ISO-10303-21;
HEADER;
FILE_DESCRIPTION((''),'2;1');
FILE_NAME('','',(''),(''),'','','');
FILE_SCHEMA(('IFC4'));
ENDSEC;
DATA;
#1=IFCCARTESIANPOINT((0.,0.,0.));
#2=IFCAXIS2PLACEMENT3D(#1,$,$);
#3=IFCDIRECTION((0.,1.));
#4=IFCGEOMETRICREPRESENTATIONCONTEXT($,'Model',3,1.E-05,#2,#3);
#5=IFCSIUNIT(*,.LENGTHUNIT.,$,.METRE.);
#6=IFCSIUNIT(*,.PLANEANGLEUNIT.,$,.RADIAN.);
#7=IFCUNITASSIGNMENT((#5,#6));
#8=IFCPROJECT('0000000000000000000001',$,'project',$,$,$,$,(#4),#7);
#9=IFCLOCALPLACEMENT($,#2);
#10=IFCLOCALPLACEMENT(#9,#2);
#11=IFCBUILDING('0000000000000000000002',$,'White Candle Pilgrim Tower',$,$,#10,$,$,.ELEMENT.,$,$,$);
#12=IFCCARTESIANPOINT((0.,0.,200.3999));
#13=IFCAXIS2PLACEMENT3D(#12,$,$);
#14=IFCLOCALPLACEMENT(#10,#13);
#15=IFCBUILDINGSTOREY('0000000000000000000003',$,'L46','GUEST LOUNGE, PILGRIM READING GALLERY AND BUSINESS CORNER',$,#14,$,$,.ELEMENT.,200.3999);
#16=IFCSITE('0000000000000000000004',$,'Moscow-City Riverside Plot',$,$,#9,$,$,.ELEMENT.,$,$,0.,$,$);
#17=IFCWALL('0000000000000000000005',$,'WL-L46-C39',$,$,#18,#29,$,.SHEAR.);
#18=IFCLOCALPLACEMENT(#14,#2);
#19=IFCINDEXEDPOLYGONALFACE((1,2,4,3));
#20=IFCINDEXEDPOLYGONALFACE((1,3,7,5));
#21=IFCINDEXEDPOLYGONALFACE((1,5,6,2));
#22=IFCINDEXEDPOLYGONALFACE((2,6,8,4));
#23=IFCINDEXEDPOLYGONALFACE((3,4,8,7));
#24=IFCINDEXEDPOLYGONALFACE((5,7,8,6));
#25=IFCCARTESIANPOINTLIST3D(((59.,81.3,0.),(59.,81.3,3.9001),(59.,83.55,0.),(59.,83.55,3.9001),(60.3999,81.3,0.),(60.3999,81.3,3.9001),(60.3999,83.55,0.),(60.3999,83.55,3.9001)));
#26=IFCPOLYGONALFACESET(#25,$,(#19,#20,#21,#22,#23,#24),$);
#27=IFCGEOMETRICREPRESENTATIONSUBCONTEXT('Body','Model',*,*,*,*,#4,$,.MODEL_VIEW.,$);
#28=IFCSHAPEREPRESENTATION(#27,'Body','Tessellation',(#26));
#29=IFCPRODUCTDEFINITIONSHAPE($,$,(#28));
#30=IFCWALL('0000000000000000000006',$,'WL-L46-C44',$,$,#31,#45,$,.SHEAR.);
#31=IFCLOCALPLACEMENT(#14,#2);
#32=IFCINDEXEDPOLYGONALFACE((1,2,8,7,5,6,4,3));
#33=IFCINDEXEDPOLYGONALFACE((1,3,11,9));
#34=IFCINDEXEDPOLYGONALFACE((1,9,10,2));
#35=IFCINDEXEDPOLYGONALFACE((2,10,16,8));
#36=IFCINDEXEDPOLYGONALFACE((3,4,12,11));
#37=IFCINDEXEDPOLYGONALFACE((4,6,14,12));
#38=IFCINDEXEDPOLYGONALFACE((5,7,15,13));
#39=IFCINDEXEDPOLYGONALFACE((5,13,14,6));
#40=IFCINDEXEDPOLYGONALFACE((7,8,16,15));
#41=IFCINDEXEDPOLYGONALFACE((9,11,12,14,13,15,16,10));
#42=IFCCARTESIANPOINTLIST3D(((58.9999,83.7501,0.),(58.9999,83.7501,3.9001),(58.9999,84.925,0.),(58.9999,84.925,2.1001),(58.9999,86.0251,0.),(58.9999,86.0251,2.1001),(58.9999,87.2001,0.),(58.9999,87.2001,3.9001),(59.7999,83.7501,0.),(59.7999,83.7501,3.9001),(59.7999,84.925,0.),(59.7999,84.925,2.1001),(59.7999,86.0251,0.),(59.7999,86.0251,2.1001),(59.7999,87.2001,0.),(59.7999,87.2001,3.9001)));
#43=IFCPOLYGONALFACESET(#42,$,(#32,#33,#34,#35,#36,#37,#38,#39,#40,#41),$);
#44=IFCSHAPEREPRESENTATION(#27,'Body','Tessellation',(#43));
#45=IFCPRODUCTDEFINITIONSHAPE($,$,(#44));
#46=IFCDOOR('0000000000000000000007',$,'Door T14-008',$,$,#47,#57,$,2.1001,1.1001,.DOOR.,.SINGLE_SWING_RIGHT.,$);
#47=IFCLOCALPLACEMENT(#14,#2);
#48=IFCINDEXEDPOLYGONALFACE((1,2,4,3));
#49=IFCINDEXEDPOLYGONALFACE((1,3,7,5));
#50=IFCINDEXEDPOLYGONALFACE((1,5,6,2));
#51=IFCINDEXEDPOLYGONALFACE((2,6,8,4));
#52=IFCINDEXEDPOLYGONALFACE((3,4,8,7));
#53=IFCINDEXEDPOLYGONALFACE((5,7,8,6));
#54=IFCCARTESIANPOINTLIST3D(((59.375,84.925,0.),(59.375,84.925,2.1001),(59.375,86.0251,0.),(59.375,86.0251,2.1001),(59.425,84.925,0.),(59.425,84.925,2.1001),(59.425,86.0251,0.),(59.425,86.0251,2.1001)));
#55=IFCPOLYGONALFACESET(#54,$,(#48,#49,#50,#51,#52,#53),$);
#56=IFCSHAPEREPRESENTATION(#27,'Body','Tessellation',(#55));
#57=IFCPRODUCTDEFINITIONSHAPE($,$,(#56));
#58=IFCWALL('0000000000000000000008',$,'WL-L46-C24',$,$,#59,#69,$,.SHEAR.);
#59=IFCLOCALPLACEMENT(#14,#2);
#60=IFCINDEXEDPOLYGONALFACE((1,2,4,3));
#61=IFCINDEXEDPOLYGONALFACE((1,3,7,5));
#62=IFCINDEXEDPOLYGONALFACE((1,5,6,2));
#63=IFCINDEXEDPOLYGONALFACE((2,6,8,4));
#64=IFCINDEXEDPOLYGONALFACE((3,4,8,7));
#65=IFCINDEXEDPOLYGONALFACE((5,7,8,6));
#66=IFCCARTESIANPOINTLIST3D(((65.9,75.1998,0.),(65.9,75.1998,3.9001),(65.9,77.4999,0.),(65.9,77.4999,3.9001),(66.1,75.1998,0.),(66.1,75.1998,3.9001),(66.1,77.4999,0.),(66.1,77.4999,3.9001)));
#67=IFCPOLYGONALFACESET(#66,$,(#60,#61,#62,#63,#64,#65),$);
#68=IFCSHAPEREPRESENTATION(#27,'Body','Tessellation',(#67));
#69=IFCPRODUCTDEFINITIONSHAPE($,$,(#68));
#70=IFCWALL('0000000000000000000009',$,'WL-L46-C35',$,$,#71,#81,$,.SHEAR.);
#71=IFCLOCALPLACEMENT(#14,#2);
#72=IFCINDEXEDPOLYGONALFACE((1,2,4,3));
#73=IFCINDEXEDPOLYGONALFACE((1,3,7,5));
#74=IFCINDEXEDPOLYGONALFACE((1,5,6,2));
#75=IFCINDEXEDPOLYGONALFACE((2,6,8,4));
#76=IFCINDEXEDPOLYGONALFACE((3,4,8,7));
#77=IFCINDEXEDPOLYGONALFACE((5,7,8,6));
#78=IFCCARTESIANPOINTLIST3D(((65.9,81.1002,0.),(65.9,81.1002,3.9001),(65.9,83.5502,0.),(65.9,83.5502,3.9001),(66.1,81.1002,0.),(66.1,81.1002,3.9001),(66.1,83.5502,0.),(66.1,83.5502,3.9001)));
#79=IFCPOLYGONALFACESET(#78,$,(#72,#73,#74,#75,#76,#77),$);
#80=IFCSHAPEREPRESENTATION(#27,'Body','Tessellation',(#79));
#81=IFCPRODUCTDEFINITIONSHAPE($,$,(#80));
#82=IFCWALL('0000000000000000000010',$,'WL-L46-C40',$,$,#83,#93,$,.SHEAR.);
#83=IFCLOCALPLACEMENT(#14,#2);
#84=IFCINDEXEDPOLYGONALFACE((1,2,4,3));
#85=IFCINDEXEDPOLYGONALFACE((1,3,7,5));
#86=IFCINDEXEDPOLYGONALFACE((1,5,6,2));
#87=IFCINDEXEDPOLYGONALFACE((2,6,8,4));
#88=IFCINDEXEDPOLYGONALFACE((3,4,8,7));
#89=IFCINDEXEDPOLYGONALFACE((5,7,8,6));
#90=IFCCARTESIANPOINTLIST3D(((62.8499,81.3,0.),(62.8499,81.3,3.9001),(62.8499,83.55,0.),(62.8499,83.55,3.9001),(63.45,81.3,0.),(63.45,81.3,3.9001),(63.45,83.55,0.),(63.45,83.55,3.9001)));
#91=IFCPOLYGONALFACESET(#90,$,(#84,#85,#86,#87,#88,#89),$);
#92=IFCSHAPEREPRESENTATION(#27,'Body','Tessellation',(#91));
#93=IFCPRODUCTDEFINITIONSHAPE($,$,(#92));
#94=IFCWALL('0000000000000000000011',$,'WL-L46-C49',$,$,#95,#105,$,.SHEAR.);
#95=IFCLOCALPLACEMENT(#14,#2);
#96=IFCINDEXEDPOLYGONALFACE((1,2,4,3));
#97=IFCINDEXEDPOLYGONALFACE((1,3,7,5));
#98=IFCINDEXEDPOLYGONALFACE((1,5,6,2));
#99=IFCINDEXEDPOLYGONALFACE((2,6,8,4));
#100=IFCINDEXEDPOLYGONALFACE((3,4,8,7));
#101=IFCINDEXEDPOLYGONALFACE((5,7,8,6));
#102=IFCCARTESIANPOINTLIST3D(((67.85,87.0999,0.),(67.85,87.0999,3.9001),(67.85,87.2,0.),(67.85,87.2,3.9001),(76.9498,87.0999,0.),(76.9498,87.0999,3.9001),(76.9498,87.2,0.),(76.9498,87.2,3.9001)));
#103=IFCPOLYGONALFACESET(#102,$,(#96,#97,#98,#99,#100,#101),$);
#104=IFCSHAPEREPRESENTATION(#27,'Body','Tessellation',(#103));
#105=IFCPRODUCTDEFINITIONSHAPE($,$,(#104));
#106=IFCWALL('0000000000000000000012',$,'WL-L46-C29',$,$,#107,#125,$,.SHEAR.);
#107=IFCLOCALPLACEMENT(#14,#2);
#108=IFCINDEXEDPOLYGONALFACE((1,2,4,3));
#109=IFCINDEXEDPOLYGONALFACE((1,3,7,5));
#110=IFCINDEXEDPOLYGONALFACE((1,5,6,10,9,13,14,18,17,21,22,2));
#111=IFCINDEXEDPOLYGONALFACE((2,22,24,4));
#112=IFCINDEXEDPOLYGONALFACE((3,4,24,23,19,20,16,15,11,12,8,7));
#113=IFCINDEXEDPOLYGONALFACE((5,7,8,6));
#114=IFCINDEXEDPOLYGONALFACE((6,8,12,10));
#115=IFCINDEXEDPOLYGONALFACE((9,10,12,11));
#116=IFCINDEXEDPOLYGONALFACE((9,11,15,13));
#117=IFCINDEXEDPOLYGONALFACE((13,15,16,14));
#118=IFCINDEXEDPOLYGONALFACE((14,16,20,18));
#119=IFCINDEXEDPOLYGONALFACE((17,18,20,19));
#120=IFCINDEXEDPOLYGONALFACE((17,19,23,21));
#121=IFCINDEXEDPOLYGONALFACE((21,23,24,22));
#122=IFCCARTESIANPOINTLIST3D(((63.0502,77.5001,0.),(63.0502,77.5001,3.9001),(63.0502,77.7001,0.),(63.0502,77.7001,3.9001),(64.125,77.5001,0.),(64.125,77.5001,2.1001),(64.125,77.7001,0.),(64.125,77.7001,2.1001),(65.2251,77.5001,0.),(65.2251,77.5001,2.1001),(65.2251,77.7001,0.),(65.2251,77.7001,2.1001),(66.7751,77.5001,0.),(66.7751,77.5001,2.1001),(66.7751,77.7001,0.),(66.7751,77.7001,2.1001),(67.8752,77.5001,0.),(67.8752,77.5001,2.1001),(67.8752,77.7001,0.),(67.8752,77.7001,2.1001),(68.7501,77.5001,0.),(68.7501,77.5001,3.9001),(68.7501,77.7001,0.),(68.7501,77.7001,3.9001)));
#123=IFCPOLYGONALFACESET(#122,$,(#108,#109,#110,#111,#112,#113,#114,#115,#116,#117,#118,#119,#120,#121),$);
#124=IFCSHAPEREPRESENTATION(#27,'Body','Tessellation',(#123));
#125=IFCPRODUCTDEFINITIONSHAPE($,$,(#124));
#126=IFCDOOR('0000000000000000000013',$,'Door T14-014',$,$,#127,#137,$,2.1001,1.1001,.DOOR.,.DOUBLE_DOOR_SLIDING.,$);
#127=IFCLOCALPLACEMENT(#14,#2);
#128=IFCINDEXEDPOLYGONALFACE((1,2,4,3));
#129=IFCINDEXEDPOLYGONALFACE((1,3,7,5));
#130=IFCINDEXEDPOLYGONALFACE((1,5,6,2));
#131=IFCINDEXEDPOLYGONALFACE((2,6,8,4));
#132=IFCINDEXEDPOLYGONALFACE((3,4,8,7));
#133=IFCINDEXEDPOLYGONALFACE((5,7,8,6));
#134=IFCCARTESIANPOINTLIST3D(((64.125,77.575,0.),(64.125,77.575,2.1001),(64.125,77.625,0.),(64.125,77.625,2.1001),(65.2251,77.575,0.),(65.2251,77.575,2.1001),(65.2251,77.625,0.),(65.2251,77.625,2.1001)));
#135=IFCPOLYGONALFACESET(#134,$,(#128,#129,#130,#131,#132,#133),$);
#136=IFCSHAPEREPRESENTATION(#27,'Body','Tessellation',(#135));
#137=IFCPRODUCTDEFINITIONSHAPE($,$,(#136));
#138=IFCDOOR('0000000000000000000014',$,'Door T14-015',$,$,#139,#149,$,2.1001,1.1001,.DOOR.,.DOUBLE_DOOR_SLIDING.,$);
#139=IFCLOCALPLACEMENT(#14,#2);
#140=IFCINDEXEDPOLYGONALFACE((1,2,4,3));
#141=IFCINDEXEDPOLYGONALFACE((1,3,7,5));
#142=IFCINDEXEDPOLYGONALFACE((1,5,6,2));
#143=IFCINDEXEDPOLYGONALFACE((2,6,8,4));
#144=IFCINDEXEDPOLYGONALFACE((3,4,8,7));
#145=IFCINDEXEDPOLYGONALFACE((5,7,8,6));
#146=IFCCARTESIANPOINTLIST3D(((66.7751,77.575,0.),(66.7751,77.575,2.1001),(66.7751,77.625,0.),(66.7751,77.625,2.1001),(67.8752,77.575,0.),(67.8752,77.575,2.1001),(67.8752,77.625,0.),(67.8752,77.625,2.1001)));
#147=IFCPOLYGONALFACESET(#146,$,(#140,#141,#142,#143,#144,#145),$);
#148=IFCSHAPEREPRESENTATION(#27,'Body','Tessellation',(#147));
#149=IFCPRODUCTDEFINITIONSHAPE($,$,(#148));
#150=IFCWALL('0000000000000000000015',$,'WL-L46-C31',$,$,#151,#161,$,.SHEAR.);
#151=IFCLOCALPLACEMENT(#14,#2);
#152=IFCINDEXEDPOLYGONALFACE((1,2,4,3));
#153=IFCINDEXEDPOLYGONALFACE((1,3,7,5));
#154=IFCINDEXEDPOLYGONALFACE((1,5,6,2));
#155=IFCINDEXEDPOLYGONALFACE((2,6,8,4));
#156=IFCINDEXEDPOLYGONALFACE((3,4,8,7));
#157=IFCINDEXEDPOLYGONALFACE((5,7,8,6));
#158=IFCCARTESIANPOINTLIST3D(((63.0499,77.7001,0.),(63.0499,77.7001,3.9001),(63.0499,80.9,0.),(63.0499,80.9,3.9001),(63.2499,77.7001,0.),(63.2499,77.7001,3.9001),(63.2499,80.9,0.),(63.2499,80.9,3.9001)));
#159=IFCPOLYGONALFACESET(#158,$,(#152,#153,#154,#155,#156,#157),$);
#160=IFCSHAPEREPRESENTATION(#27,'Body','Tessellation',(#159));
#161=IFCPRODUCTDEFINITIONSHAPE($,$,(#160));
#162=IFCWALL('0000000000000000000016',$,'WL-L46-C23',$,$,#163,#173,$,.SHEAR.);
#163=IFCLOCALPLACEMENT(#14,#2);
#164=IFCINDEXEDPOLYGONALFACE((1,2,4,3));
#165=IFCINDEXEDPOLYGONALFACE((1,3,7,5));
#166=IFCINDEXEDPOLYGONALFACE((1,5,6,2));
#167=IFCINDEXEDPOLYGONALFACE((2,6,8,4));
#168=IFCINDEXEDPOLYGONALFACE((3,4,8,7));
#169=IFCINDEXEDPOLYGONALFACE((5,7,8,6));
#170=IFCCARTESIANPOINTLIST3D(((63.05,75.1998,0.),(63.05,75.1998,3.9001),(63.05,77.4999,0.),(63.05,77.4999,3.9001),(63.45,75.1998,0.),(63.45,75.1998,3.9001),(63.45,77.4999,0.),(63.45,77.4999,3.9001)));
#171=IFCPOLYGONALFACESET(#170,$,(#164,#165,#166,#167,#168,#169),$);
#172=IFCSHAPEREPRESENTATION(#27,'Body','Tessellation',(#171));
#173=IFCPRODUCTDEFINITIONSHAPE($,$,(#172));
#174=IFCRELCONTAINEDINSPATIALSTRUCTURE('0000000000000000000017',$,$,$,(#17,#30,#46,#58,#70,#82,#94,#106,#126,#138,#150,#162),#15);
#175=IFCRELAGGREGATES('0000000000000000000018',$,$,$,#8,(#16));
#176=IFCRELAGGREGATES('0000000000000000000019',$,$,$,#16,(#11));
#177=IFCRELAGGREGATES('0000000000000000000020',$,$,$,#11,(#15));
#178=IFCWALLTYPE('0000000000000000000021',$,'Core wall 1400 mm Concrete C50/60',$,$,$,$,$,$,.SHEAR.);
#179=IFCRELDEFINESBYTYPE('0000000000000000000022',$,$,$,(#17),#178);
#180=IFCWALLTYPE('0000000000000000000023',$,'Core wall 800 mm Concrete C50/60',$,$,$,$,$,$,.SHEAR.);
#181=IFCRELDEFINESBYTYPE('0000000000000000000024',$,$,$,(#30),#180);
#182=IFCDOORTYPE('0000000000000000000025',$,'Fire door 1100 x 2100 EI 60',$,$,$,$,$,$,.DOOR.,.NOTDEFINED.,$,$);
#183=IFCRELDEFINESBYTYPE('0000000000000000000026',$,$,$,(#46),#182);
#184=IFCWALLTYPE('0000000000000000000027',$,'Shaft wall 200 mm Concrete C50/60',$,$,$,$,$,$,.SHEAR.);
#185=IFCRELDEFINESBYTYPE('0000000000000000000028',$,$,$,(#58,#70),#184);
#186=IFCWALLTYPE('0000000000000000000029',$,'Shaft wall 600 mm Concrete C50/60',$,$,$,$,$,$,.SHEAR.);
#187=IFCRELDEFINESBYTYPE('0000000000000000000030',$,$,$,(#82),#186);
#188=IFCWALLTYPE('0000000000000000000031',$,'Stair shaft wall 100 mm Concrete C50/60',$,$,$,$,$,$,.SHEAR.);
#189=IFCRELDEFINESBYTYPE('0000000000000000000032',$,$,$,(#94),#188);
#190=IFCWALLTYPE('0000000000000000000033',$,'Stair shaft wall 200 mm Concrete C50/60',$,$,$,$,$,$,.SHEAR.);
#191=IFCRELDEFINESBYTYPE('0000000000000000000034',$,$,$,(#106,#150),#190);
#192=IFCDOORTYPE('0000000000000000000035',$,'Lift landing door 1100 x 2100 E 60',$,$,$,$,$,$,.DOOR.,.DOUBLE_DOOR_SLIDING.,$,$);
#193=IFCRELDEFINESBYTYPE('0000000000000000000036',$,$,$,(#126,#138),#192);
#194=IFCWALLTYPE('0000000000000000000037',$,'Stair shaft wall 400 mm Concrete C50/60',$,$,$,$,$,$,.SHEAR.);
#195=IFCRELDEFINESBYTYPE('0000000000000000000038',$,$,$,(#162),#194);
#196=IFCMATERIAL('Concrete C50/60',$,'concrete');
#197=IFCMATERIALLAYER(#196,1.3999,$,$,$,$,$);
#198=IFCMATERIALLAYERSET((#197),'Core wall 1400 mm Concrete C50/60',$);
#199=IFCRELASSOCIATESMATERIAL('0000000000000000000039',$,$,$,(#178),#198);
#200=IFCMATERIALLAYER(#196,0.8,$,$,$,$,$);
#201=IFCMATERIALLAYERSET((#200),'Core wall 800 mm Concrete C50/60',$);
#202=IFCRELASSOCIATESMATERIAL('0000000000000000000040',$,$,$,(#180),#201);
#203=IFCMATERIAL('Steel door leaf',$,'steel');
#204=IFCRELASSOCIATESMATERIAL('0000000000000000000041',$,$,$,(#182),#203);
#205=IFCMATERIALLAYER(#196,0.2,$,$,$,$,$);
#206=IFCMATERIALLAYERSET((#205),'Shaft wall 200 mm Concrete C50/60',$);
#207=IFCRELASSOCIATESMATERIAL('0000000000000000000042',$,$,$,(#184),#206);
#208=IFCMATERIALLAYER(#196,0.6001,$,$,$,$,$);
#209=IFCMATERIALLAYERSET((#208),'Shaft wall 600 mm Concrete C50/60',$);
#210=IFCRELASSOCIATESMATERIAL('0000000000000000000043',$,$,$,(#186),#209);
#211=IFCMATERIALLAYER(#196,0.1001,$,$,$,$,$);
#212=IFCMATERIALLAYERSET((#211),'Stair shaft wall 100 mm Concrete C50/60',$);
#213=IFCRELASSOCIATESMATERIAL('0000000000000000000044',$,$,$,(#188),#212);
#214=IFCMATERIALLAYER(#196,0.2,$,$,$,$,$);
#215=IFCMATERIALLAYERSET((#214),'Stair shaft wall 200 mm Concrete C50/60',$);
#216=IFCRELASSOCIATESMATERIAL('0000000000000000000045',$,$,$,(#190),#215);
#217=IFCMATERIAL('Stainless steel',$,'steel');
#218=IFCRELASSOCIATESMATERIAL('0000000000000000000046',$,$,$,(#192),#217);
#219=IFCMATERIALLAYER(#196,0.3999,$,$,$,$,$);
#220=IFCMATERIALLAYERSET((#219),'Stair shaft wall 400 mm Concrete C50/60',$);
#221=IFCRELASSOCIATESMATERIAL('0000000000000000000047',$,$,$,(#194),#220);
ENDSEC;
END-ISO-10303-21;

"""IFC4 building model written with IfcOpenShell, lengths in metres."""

from ifc_helpers import new_model, si_unit, direction, frame, frame_2d, origin, place, context, subcontext, project, spatial, rectangle, extrude, material, layer, layer_set, type_object, element, fill, save


model = new_model("IFC4")

# Units and contexts
model_context = context("Model", 3, precision=1e-05, world=origin(), true_north=direction((0.0, 1.0)))
body_context = subcontext(model_context, "Body", "Model", "MODEL_VIEW")
ifc_project = project(units=[si_unit("LENGTHUNIT", "METRE"), si_unit("PLANEANGLEUNIT", "RADIAN")], contexts=[model_context])

# Site, building, storey
site_placement = place(None, origin())
site = spatial("IfcSite", under=ifc_project, at=site_placement, Name="Moscow-City Riverside Plot", CompositionType="ELEMENT", RefElevation=0.0)
building_placement = place(site_placement, origin())
building = spatial("IfcBuilding", under=site, at=building_placement, Name="White Candle Pilgrim Tower", CompositionType="ELEMENT")
storey_placement = place(building_placement, frame((0.0, 0.0, 200.3999)))
storey = spatial("IfcBuildingStorey", under=building, at=storey_placement, Name="L46", Description="GUEST LOUNGE, PILGRIM READING GALLERY AND BUSINESS CORNER", CompositionType="ELEMENT", Elevation=200.3999)

# Wall
ifc_material_1 = material(Name="Concrete C50/60", Category="concrete")
ifc_layer_1 = layer(ifc_material_1, 1.3999)
ifc_layer_set_1 = layer_set([ifc_layer_1], Name="Core wall 1400 mm Concrete C50/60")
wall_type_1 = type_object("IfcWallType", Name="Core wall 1400 mm Concrete C50/60", PredefinedType="SHEAR", material=ifc_layer_set_1)
wall_1_placement = place(storey_placement, frame((59.7, 81.3, 0.0), z_axis=(0.0, 0.0, 1.0), x_axis=(0.0, 1.0, 0.0)))
element("IfcWall", 1, at=wall_1_placement, inside=storey, type_object=wall_type_1, Name="WL-L46-C39", PredefinedType="SHEAR", context=body_context, shape_type="SweptSolid", body=[
    extrude(rectangle(XDim=2.25, YDim=1.3999, at=frame_2d((1.125, 0.0))), origin(), (0.0, 0.0, 1.0), 3.9001),
])

# Wall, opening, door
ifc_layer_2 = layer(ifc_material_1, 0.8)
ifc_layer_set_2 = layer_set([ifc_layer_2], Name="Core wall 800 mm Concrete C50/60")
wall_type_2 = type_object("IfcWallType", Name="Core wall 800 mm Concrete C50/60", PredefinedType="SHEAR", material=ifc_layer_set_2)
wall_2_placement = place(storey_placement, frame((59.3999, 83.75, 0.0), z_axis=(0.0, 0.0, 1.0), x_axis=(0.0, 1.0, 0.0)))
wall_2 = element("IfcWall", 2, at=wall_2_placement, inside=storey, type_object=wall_type_2, Name="WL-L46-C44", PredefinedType="SHEAR", context=body_context, shape_type="SweptSolid", body=[
    extrude(rectangle(XDim=3.45, YDim=0.8, at=frame_2d((1.7251, 0.0))), origin(), (0.0, 0.0, 1.0), 3.9001),
])
opening_1_placement = place(wall_2_placement, frame((1.175, 0.0, 0.0)))
opening_1 = element("IfcOpeningElement", 3, at=opening_1_placement, cuts=wall_2, PredefinedType="OPENING", context=body_context, shape_type="SweptSolid", body=[
    extrude(rectangle(XDim=1.1001, YDim=2.1001, at=frame_2d((0.55, 1.05))), frame((0.0, 0.4099, 0.0), z_axis=(0.0, -1.0, 0.0), x_axis=(1.0, 0.0, 0.0)), (0.0, 0.0, 1.0), 0.8201),
])
ifc_material_2 = material(Name="Steel door leaf", Category="steel")
door_type_1 = type_object("IfcDoorType", Name="Fire door 1100 x 2100 EI 60", OperationType="NOTDEFINED", PredefinedType="DOOR", material=ifc_material_2)
door_1_placement = place(opening_1_placement, origin())
door_1 = element("IfcDoor", 4, at=door_1_placement, inside=storey, type_object=door_type_1, Name="Door T14-008", OperationType="SINGLE_SWING_RIGHT", OverallHeight=2.1001, OverallWidth=1.1001, PredefinedType="DOOR", context=body_context, shape_type="SweptSolid", body=[
    extrude(rectangle(XDim=1.1001, YDim=2.1001, at=frame_2d((0.55, 1.05))), frame((0.0, 0.0249, 0.0), z_axis=(0.0, -1.0, 0.0), x_axis=(1.0, 0.0, 0.0)), (0.0, 0.0, 1.0), 0.05),
])
fill(opening_1, door_1)

# Walls
ifc_layer_3 = layer(ifc_material_1, 0.2)
ifc_layer_set_3 = layer_set([ifc_layer_3], Name="Shaft wall 200 mm Concrete C50/60")
wall_type_3 = type_object("IfcWallType", Name="Shaft wall 200 mm Concrete C50/60", PredefinedType="SHEAR", material=ifc_layer_set_3)
wall_3_placement = place(storey_placement, frame((66.0, 75.2, 0.0), z_axis=(0.0, 0.0, 1.0), x_axis=(0.0, 1.0, 0.0)))
element("IfcWall", 5, at=wall_3_placement, inside=storey, type_object=wall_type_3, Name="WL-L46-C24", PredefinedType="SHEAR", context=body_context, shape_type="SweptSolid", body=[
    extrude(rectangle(XDim=2.3, YDim=0.2, at=frame_2d((1.1499, 0.0))), origin(), (0.0, 0.0, 1.0), 3.9001),
])
wall_4_placement = place(storey_placement, frame((66.0, 81.1001, 0.0), z_axis=(0.0, 0.0, 1.0), x_axis=(0.0, 1.0, 0.0)))
element("IfcWall", 6, at=wall_4_placement, inside=storey, type_object=wall_type_3, Name="WL-L46-C35", PredefinedType="SHEAR", context=body_context, shape_type="SweptSolid", body=[
    extrude(rectangle(XDim=2.45, YDim=0.2, at=frame_2d((1.2251, 0.0))), origin(), (0.0, 0.0, 1.0), 3.9001),
])
ifc_layer_4 = layer(ifc_material_1, 0.6001)
ifc_layer_set_4 = layer_set([ifc_layer_4], Name="Shaft wall 600 mm Concrete C50/60")
wall_type_4 = type_object("IfcWallType", Name="Shaft wall 600 mm Concrete C50/60", PredefinedType="SHEAR", material=ifc_layer_set_4)
wall_5_placement = place(storey_placement, frame((63.1499, 81.3, 0.0), z_axis=(0.0, 0.0, 1.0), x_axis=(0.0, 1.0, 0.0)))
element("IfcWall", 7, at=wall_5_placement, inside=storey, type_object=wall_type_4, Name="WL-L46-C40", PredefinedType="SHEAR", context=body_context, shape_type="SweptSolid", body=[
    extrude(rectangle(XDim=2.25, YDim=0.6001, at=frame_2d((1.125, 0.0))), origin(), (0.0, 0.0, 1.0), 3.9001),
])
ifc_layer_5 = layer(ifc_material_1, 0.1001)
ifc_layer_set_5 = layer_set([ifc_layer_5], Name="Stair shaft wall 100 mm Concrete C50/60")
wall_type_5 = type_object("IfcWallType", Name="Stair shaft wall 100 mm Concrete C50/60", PredefinedType="SHEAR", material=ifc_layer_set_5)
wall_6_placement = place(storey_placement, frame((67.8501, 87.1499, 0.0), z_axis=(0.0, 0.0, 1.0), x_axis=(1.0, 0.0, 0.0)))
element("IfcWall", 8, at=wall_6_placement, inside=storey, type_object=wall_type_5, Name="WL-L46-C49", PredefinedType="SHEAR", context=body_context, shape_type="SweptSolid", body=[
    extrude(rectangle(XDim=9.0999, YDim=0.1001, at=frame_2d((4.5498, 0.0))), origin(), (0.0, 0.0, 1.0), 3.9001),
])

# Wall, openings, doors
ifc_layer_6 = layer(ifc_material_1, 0.2)
ifc_layer_set_6 = layer_set([ifc_layer_6], Name="Stair shaft wall 200 mm Concrete C50/60")
wall_type_6 = type_object("IfcWallType", Name="Stair shaft wall 200 mm Concrete C50/60", PredefinedType="SHEAR", material=ifc_layer_set_6)
wall_7_placement = place(storey_placement, frame((63.05, 77.6001, 0.0), z_axis=(0.0, 0.0, 1.0), x_axis=(1.0, 0.0, 0.0)))
wall_7 = element("IfcWall", 9, at=wall_7_placement, inside=storey, type_object=wall_type_6, Name="WL-L46-C29", PredefinedType="SHEAR", context=body_context, shape_type="SweptSolid", body=[
    extrude(rectangle(XDim=5.7, YDim=0.2, at=frame_2d((2.8501, 0.0))), origin(), (0.0, 0.0, 1.0), 3.9001),
])
opening_2_placement = place(wall_7_placement, frame((1.075, 0.0, 0.0)))
opening_2 = element("IfcOpeningElement", 10, at=opening_2_placement, cuts=wall_7, PredefinedType="OPENING", context=body_context, shape_type="SweptSolid", body=[
    extrude(rectangle(XDim=1.1001, YDim=2.1001, at=frame_2d((0.55, 1.05))), frame((0.0, 0.1099, 0.0), z_axis=(0.0, -1.0, 0.0), x_axis=(1.0, 0.0, 0.0)), (0.0, 0.0, 1.0), 0.22),
])
opening_3_placement = place(wall_7_placement, frame((3.7251, 0.0, 0.0)))
opening_3 = element("IfcOpeningElement", 11, at=opening_3_placement, cuts=wall_7, PredefinedType="OPENING", context=body_context, shape_type="SweptSolid", body=[
    extrude(rectangle(XDim=1.1001, YDim=2.1001, at=frame_2d((0.55, 1.05))), frame((0.0, 0.1099, 0.0), z_axis=(0.0, -1.0, 0.0), x_axis=(1.0, 0.0, 0.0)), (0.0, 0.0, 1.0), 0.22),
])
ifc_material_3 = material(Name="Stainless steel", Category="steel")
door_type_2 = type_object("IfcDoorType", Name="Lift landing door 1100 x 2100 E 60", OperationType="DOUBLE_DOOR_SLIDING", PredefinedType="DOOR", material=ifc_material_3)
door_2_placement = place(opening_2_placement, origin())
door_2 = element("IfcDoor", 12, at=door_2_placement, inside=storey, type_object=door_type_2, Name="Door T14-014", OperationType="DOUBLE_DOOR_SLIDING", OverallHeight=2.1001, OverallWidth=1.1001, PredefinedType="DOOR", context=body_context, shape_type="SweptSolid", body=[
    extrude(rectangle(XDim=1.1001, YDim=2.1001, at=frame_2d((0.55, 1.05))), frame((0.0, 0.0249, 0.0), z_axis=(0.0, -1.0, 0.0), x_axis=(1.0, 0.0, 0.0)), (0.0, 0.0, 1.0), 0.05),
])
fill(opening_2, door_2)
door_3_placement = place(opening_3_placement, origin())
door_3 = element("IfcDoor", 13, at=door_3_placement, inside=storey, type_object=door_type_2, Name="Door T14-015", OperationType="DOUBLE_DOOR_SLIDING", OverallHeight=2.1001, OverallWidth=1.1001, PredefinedType="DOOR", context=body_context, shape_type="SweptSolid", body=[
    extrude(rectangle(XDim=1.1001, YDim=2.1001, at=frame_2d((0.55, 1.05))), frame((0.0, 0.0249, 0.0), z_axis=(0.0, -1.0, 0.0), x_axis=(1.0, 0.0, 0.0)), (0.0, 0.0, 1.0), 0.05),
])
fill(opening_3, door_3)

# Walls
wall_8_placement = place(storey_placement, frame((63.1499, 77.7, 0.0), z_axis=(0.0, 0.0, 1.0), x_axis=(0.0, 1.0, 0.0)))
element("IfcWall", 14, at=wall_8_placement, inside=storey, type_object=wall_type_6, Name="WL-L46-C31", PredefinedType="SHEAR", context=body_context, shape_type="SweptSolid", body=[
    extrude(rectangle(XDim=3.2, YDim=0.2, at=frame_2d((1.6001, 0.0))), origin(), (0.0, 0.0, 1.0), 3.9001),
])
ifc_layer_7 = layer(ifc_material_1, 0.3999)
ifc_layer_set_7 = layer_set([ifc_layer_7], Name="Stair shaft wall 400 mm Concrete C50/60")
wall_type_7 = type_object("IfcWallType", Name="Stair shaft wall 400 mm Concrete C50/60", PredefinedType="SHEAR", material=ifc_layer_set_7)
wall_9_placement = place(storey_placement, frame((63.25, 75.2, 0.0), z_axis=(0.0, 0.0, 1.0), x_axis=(0.0, 1.0, 0.0)))
element("IfcWall", 15, at=wall_9_placement, inside=storey, type_object=wall_type_7, Name="WL-L46-C23", PredefinedType="SHEAR", context=body_context, shape_type="SweptSolid", body=[
    extrude(rectangle(XDim=2.3, YDim=0.3999, at=frame_2d((1.1499, 0.0))), origin(), (0.0, 0.0, 1.0), 3.9001),
])

save(model, "model.ifc")
